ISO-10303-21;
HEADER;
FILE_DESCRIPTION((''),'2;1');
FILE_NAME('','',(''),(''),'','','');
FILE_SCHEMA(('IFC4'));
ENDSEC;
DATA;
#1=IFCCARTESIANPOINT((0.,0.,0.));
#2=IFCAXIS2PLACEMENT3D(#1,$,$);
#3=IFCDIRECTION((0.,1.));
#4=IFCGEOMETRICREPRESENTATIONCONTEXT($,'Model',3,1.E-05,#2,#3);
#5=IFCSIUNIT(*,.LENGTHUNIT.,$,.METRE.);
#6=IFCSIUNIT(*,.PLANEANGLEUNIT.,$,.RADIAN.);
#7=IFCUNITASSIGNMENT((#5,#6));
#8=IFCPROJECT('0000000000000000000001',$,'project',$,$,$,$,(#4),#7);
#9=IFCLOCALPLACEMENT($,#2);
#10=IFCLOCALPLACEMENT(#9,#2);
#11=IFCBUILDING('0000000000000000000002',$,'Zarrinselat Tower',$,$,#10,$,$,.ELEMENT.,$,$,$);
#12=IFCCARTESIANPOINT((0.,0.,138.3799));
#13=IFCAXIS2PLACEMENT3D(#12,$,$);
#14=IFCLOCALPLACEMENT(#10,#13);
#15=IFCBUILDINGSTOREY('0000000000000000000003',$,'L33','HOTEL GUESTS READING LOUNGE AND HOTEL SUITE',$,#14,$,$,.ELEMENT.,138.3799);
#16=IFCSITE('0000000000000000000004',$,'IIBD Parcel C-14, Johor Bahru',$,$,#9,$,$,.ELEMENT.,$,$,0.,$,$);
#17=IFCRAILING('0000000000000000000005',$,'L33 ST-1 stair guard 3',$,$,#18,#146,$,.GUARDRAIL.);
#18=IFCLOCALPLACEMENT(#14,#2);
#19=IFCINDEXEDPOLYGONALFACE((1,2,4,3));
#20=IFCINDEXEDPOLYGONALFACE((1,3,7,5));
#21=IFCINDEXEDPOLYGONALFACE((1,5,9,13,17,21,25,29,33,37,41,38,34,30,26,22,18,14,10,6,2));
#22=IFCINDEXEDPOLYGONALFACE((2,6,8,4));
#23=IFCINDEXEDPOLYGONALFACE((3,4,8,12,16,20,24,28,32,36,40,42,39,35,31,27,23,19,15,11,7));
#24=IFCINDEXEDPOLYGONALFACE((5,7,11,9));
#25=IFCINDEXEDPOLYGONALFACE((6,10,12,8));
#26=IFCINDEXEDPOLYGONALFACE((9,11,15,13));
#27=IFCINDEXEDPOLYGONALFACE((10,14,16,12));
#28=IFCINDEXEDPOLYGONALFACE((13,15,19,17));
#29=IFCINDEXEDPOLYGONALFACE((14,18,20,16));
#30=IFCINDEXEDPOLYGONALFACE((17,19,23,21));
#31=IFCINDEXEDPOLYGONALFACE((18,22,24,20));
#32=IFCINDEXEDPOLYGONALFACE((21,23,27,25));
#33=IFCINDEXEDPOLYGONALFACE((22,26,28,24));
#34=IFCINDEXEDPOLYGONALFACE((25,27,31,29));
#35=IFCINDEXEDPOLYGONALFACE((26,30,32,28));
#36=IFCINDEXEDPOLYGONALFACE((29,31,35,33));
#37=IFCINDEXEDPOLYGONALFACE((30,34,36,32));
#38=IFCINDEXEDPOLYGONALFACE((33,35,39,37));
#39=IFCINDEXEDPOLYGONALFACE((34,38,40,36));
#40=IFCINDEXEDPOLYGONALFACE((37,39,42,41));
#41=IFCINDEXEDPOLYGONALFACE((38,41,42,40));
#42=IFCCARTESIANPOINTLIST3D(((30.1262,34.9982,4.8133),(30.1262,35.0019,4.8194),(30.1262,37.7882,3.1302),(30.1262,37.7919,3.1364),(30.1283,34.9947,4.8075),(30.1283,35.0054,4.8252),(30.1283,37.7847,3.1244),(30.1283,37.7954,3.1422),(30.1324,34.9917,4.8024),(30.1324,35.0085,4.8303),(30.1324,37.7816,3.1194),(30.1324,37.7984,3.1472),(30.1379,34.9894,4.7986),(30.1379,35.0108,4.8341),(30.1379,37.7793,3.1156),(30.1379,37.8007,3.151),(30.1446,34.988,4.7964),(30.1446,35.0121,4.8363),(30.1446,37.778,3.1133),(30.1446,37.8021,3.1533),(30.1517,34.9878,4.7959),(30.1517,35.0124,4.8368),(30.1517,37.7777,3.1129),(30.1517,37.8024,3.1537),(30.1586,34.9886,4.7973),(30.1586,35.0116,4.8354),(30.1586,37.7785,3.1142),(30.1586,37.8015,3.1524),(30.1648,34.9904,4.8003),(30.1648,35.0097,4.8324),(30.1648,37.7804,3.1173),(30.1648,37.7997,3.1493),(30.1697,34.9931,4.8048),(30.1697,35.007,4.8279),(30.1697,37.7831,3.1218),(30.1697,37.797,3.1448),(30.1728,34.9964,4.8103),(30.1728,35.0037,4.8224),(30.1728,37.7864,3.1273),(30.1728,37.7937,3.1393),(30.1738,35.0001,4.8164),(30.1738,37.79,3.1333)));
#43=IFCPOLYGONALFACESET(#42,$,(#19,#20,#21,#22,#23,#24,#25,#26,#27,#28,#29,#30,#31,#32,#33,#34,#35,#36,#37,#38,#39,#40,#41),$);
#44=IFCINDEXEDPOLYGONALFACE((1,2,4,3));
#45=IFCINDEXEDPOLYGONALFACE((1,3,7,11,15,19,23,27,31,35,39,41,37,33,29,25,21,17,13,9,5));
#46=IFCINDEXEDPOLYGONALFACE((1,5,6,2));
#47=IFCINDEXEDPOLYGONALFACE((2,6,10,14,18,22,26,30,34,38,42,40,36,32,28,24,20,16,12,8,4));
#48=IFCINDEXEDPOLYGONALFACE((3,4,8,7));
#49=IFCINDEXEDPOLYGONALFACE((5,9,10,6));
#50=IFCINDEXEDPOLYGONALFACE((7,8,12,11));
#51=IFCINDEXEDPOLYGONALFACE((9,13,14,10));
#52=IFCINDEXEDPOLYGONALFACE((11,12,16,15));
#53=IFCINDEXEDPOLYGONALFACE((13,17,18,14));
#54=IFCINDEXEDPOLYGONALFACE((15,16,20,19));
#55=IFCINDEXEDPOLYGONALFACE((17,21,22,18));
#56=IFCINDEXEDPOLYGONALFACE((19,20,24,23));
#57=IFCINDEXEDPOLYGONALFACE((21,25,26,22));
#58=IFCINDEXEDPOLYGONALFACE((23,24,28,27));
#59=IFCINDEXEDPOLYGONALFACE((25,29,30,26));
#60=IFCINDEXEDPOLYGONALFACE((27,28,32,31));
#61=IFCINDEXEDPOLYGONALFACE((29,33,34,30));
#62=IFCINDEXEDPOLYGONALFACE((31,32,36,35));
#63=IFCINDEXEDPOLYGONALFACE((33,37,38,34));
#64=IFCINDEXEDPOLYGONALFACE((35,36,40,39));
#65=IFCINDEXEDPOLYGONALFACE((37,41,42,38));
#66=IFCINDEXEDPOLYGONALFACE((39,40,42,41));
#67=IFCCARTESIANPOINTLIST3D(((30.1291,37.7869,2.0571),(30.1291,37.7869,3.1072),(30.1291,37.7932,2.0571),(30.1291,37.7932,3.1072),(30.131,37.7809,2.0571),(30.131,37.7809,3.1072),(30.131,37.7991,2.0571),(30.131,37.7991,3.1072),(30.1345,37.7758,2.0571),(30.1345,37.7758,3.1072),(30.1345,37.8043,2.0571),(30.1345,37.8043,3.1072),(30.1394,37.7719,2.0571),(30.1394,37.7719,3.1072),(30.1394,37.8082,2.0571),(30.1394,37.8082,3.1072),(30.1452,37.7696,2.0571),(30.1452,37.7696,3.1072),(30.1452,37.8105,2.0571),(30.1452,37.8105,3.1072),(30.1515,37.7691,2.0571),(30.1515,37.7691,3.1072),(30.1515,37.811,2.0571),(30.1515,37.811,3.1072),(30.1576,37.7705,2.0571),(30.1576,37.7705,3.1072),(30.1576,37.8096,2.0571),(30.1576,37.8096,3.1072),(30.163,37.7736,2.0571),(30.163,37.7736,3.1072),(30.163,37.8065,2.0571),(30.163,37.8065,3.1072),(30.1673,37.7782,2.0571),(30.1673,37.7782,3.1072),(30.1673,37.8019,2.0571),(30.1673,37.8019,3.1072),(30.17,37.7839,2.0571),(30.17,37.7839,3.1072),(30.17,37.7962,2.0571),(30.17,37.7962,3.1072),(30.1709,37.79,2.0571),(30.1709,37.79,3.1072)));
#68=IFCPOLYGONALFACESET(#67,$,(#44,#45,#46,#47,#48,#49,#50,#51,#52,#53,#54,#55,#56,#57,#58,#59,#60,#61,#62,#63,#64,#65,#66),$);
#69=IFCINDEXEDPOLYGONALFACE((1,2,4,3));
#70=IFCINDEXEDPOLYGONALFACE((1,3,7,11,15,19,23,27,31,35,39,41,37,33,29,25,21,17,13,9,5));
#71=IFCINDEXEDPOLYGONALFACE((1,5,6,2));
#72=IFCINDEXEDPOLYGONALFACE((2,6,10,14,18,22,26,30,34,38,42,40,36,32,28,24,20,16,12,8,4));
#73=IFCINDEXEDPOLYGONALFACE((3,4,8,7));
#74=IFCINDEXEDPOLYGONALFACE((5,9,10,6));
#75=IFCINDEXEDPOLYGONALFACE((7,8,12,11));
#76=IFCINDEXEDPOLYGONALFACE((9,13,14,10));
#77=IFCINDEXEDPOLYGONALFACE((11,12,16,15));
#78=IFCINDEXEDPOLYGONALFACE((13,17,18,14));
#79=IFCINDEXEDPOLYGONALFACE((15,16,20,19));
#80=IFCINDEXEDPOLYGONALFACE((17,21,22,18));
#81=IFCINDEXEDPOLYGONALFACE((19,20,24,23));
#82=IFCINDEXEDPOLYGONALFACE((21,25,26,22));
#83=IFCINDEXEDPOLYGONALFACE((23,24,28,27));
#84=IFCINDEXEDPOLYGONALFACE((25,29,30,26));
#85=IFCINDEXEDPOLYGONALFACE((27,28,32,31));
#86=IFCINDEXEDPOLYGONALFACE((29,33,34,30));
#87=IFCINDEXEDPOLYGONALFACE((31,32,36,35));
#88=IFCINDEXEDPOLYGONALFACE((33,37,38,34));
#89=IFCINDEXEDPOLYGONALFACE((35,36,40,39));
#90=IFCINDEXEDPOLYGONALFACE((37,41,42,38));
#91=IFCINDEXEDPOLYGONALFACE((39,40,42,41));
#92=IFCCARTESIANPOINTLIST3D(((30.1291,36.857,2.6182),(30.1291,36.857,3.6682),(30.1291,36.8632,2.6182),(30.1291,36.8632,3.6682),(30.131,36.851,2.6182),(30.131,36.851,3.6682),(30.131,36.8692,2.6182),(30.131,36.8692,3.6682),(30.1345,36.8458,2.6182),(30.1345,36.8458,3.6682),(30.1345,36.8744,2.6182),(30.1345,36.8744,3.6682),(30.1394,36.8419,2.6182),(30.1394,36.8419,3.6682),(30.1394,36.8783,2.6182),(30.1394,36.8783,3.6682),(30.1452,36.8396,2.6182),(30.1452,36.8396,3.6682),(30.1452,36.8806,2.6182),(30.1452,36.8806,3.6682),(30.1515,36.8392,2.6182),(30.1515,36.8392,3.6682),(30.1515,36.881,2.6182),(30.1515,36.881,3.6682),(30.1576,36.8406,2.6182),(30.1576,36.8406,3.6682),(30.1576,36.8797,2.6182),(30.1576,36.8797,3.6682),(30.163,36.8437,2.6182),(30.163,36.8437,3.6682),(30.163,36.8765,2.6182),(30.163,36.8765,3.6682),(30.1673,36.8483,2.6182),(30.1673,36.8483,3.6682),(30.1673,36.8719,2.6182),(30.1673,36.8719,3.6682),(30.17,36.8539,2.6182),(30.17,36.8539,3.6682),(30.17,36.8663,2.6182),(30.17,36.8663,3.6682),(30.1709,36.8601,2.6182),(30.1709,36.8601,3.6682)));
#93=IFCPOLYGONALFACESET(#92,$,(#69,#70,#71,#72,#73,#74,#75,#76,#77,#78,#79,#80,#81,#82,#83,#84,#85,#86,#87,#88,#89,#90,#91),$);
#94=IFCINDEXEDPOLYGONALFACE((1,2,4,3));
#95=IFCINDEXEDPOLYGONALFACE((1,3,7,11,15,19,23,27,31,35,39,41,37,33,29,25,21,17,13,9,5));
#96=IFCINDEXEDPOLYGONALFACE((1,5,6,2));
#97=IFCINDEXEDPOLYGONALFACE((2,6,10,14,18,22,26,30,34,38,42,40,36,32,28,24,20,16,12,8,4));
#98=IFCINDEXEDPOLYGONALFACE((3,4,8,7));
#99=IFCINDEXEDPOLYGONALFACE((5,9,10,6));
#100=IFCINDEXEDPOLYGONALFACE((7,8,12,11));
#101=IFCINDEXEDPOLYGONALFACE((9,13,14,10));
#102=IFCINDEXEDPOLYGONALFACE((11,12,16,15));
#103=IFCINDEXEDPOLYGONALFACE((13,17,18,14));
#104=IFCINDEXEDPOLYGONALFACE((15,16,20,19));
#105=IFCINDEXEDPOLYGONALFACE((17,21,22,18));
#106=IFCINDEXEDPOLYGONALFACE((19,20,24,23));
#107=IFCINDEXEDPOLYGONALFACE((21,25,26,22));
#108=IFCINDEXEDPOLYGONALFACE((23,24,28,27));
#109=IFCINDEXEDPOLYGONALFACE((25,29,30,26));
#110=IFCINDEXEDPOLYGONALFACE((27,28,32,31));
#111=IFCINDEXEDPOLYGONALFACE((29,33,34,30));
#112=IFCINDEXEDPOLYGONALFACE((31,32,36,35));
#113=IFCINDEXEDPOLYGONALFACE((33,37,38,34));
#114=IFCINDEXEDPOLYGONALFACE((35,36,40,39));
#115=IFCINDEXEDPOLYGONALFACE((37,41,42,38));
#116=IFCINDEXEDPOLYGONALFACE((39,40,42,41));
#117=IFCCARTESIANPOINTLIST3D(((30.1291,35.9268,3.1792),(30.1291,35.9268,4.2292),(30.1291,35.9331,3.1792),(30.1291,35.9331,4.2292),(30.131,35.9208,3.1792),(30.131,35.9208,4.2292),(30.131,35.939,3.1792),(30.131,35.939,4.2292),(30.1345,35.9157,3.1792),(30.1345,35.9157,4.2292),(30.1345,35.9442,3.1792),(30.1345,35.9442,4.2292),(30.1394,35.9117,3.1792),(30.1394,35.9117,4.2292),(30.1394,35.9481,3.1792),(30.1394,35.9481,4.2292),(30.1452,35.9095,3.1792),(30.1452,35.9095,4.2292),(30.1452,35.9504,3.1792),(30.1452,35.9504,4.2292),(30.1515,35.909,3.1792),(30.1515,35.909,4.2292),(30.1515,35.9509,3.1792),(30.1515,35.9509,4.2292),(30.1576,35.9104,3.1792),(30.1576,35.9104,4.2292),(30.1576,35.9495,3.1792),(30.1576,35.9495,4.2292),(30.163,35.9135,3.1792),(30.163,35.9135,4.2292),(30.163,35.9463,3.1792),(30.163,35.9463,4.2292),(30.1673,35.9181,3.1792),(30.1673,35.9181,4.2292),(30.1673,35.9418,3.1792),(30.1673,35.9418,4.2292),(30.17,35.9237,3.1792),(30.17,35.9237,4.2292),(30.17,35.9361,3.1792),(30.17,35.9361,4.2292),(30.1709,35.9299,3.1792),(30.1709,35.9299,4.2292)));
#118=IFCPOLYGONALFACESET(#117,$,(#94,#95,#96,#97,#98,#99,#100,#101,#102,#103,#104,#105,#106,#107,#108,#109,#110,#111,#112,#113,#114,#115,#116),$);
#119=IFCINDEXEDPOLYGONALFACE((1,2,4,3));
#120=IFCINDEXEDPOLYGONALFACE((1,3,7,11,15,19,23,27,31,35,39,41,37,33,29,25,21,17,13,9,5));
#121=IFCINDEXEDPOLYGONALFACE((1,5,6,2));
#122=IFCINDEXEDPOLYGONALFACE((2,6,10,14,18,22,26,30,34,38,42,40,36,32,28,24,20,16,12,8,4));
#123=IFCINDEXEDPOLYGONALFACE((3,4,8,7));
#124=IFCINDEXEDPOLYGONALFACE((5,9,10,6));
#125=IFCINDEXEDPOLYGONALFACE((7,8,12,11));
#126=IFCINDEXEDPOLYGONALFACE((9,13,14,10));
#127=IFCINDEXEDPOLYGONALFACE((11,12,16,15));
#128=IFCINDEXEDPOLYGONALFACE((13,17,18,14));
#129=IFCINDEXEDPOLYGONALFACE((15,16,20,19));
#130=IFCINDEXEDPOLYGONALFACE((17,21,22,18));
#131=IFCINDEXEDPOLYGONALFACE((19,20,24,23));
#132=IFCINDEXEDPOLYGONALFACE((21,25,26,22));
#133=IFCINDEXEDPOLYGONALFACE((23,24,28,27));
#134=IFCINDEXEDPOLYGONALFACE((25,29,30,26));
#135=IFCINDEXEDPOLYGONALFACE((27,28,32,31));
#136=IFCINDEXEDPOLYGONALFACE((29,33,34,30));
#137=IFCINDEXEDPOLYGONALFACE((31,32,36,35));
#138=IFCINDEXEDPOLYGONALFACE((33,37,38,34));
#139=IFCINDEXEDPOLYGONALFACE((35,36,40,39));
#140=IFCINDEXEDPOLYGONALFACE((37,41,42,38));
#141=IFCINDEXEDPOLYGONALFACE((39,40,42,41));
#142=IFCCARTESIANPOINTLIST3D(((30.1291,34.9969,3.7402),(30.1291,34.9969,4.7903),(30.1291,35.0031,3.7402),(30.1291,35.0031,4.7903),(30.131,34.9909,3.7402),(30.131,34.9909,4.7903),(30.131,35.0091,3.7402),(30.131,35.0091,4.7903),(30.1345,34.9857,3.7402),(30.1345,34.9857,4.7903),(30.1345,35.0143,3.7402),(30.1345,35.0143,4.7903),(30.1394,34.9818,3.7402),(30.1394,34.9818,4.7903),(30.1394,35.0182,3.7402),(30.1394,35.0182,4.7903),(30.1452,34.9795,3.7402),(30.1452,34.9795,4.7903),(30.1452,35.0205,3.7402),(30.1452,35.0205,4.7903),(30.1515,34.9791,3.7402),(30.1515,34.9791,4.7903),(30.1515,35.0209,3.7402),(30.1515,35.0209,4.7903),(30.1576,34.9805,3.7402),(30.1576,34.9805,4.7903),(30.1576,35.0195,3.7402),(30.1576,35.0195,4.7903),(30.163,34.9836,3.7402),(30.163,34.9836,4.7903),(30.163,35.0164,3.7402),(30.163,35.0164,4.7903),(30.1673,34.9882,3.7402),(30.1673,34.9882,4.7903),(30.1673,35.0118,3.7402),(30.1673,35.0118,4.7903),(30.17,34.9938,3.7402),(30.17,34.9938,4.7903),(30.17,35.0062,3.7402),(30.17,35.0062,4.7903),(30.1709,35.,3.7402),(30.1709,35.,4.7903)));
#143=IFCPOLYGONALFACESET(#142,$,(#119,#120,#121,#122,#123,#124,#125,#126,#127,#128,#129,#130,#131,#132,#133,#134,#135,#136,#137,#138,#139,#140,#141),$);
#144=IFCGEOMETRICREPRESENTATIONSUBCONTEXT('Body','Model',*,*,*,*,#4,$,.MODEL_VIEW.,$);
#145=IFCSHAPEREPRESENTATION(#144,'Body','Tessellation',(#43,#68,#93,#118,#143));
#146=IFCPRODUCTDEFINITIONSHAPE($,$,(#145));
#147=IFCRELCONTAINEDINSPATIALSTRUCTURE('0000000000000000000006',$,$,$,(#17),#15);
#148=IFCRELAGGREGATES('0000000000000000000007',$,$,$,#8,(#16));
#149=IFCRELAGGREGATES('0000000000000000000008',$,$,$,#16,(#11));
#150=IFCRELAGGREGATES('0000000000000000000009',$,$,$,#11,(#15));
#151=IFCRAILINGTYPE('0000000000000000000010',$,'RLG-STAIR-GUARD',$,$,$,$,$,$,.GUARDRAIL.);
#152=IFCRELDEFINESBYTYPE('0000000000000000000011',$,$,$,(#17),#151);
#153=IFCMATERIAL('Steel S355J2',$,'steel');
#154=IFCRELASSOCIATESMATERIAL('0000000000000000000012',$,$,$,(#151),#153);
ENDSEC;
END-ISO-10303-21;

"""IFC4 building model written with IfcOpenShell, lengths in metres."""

from ifc_helpers import new_model, si_unit, direction, frame, origin, origin_2d, place, context, subcontext, project, spatial, circle, extrude, material, type_object, element, save


model = new_model("IFC4")

# Units and contexts
model_context = context("Model", 3, precision=1e-05, world=origin(), true_north=direction((0.0, 1.0)))
body_context = subcontext(model_context, "Body", "Model", "MODEL_VIEW")
ifc_project = project(units=[si_unit("LENGTHUNIT", "METRE"), si_unit("PLANEANGLEUNIT", "RADIAN")], contexts=[model_context])

# Site, building, storey
site_placement = place(None, origin())
site = spatial("IfcSite", under=ifc_project, at=site_placement, Name="IIBD Parcel C-14, Johor Bahru", CompositionType="ELEMENT", RefElevation=0.0)
building_placement = place(site_placement, origin())
building = spatial("IfcBuilding", under=site, at=building_placement, Name="Zarrinselat Tower", CompositionType="ELEMENT")
storey_placement = place(building_placement, frame((0.0, 0.0, 138.3799)))
storey = spatial("IfcBuildingStorey", under=building, at=storey_placement, Name="L33", Description="HOTEL GUESTS READING LOUNGE AND HOTEL SUITE", CompositionType="ELEMENT", Elevation=138.3799)

# Railing
ifc_material_1 = material(Name="Steel S355J2", Category="steel")
railing_type_1 = type_object("IfcRailingType", Name="RLG-STAIR-GUARD", PredefinedType="GUARDRAIL", material=ifc_material_1)
railing_1_placement = place(storey_placement, frame((30.1499, 37.79, 2.0571)))
element("IfcRailing", 1, at=railing_1_placement, inside=storey, type_object=railing_type_1, Name="L33 ST-1 stair guard 3", PredefinedType="GUARDRAIL", context=body_context, shape_type="SweptSolid", body=[
    extrude(circle(Radius=0.0239, at=origin_2d()), frame((0.0, 0.0, 1.0762), z_axis=(0.0, -0.856261, 0.516544), x_axis=(1.0, 0.0, 0.0)), (0.0, 0.0, 1.0), 3.2583),
    extrude(circle(Radius=0.021, at=origin_2d()), origin(), (0.0, 0.0, 1.0), 1.05),
    extrude(circle(Radius=0.021, at=origin_2d()), frame((0.0, -0.9299, 0.561)), (0.0, 0.0, 1.0), 1.05),
    extrude(circle(Radius=0.021, at=origin_2d()), frame((0.0, -1.8601, 1.1221)), (0.0, 0.0, 1.0), 1.05),
    extrude(circle(Radius=0.021, at=origin_2d()), frame((0.0, -2.79, 1.6831)), (0.0, 0.0, 1.0), 1.05),
])

save(model, "model.ifc")
